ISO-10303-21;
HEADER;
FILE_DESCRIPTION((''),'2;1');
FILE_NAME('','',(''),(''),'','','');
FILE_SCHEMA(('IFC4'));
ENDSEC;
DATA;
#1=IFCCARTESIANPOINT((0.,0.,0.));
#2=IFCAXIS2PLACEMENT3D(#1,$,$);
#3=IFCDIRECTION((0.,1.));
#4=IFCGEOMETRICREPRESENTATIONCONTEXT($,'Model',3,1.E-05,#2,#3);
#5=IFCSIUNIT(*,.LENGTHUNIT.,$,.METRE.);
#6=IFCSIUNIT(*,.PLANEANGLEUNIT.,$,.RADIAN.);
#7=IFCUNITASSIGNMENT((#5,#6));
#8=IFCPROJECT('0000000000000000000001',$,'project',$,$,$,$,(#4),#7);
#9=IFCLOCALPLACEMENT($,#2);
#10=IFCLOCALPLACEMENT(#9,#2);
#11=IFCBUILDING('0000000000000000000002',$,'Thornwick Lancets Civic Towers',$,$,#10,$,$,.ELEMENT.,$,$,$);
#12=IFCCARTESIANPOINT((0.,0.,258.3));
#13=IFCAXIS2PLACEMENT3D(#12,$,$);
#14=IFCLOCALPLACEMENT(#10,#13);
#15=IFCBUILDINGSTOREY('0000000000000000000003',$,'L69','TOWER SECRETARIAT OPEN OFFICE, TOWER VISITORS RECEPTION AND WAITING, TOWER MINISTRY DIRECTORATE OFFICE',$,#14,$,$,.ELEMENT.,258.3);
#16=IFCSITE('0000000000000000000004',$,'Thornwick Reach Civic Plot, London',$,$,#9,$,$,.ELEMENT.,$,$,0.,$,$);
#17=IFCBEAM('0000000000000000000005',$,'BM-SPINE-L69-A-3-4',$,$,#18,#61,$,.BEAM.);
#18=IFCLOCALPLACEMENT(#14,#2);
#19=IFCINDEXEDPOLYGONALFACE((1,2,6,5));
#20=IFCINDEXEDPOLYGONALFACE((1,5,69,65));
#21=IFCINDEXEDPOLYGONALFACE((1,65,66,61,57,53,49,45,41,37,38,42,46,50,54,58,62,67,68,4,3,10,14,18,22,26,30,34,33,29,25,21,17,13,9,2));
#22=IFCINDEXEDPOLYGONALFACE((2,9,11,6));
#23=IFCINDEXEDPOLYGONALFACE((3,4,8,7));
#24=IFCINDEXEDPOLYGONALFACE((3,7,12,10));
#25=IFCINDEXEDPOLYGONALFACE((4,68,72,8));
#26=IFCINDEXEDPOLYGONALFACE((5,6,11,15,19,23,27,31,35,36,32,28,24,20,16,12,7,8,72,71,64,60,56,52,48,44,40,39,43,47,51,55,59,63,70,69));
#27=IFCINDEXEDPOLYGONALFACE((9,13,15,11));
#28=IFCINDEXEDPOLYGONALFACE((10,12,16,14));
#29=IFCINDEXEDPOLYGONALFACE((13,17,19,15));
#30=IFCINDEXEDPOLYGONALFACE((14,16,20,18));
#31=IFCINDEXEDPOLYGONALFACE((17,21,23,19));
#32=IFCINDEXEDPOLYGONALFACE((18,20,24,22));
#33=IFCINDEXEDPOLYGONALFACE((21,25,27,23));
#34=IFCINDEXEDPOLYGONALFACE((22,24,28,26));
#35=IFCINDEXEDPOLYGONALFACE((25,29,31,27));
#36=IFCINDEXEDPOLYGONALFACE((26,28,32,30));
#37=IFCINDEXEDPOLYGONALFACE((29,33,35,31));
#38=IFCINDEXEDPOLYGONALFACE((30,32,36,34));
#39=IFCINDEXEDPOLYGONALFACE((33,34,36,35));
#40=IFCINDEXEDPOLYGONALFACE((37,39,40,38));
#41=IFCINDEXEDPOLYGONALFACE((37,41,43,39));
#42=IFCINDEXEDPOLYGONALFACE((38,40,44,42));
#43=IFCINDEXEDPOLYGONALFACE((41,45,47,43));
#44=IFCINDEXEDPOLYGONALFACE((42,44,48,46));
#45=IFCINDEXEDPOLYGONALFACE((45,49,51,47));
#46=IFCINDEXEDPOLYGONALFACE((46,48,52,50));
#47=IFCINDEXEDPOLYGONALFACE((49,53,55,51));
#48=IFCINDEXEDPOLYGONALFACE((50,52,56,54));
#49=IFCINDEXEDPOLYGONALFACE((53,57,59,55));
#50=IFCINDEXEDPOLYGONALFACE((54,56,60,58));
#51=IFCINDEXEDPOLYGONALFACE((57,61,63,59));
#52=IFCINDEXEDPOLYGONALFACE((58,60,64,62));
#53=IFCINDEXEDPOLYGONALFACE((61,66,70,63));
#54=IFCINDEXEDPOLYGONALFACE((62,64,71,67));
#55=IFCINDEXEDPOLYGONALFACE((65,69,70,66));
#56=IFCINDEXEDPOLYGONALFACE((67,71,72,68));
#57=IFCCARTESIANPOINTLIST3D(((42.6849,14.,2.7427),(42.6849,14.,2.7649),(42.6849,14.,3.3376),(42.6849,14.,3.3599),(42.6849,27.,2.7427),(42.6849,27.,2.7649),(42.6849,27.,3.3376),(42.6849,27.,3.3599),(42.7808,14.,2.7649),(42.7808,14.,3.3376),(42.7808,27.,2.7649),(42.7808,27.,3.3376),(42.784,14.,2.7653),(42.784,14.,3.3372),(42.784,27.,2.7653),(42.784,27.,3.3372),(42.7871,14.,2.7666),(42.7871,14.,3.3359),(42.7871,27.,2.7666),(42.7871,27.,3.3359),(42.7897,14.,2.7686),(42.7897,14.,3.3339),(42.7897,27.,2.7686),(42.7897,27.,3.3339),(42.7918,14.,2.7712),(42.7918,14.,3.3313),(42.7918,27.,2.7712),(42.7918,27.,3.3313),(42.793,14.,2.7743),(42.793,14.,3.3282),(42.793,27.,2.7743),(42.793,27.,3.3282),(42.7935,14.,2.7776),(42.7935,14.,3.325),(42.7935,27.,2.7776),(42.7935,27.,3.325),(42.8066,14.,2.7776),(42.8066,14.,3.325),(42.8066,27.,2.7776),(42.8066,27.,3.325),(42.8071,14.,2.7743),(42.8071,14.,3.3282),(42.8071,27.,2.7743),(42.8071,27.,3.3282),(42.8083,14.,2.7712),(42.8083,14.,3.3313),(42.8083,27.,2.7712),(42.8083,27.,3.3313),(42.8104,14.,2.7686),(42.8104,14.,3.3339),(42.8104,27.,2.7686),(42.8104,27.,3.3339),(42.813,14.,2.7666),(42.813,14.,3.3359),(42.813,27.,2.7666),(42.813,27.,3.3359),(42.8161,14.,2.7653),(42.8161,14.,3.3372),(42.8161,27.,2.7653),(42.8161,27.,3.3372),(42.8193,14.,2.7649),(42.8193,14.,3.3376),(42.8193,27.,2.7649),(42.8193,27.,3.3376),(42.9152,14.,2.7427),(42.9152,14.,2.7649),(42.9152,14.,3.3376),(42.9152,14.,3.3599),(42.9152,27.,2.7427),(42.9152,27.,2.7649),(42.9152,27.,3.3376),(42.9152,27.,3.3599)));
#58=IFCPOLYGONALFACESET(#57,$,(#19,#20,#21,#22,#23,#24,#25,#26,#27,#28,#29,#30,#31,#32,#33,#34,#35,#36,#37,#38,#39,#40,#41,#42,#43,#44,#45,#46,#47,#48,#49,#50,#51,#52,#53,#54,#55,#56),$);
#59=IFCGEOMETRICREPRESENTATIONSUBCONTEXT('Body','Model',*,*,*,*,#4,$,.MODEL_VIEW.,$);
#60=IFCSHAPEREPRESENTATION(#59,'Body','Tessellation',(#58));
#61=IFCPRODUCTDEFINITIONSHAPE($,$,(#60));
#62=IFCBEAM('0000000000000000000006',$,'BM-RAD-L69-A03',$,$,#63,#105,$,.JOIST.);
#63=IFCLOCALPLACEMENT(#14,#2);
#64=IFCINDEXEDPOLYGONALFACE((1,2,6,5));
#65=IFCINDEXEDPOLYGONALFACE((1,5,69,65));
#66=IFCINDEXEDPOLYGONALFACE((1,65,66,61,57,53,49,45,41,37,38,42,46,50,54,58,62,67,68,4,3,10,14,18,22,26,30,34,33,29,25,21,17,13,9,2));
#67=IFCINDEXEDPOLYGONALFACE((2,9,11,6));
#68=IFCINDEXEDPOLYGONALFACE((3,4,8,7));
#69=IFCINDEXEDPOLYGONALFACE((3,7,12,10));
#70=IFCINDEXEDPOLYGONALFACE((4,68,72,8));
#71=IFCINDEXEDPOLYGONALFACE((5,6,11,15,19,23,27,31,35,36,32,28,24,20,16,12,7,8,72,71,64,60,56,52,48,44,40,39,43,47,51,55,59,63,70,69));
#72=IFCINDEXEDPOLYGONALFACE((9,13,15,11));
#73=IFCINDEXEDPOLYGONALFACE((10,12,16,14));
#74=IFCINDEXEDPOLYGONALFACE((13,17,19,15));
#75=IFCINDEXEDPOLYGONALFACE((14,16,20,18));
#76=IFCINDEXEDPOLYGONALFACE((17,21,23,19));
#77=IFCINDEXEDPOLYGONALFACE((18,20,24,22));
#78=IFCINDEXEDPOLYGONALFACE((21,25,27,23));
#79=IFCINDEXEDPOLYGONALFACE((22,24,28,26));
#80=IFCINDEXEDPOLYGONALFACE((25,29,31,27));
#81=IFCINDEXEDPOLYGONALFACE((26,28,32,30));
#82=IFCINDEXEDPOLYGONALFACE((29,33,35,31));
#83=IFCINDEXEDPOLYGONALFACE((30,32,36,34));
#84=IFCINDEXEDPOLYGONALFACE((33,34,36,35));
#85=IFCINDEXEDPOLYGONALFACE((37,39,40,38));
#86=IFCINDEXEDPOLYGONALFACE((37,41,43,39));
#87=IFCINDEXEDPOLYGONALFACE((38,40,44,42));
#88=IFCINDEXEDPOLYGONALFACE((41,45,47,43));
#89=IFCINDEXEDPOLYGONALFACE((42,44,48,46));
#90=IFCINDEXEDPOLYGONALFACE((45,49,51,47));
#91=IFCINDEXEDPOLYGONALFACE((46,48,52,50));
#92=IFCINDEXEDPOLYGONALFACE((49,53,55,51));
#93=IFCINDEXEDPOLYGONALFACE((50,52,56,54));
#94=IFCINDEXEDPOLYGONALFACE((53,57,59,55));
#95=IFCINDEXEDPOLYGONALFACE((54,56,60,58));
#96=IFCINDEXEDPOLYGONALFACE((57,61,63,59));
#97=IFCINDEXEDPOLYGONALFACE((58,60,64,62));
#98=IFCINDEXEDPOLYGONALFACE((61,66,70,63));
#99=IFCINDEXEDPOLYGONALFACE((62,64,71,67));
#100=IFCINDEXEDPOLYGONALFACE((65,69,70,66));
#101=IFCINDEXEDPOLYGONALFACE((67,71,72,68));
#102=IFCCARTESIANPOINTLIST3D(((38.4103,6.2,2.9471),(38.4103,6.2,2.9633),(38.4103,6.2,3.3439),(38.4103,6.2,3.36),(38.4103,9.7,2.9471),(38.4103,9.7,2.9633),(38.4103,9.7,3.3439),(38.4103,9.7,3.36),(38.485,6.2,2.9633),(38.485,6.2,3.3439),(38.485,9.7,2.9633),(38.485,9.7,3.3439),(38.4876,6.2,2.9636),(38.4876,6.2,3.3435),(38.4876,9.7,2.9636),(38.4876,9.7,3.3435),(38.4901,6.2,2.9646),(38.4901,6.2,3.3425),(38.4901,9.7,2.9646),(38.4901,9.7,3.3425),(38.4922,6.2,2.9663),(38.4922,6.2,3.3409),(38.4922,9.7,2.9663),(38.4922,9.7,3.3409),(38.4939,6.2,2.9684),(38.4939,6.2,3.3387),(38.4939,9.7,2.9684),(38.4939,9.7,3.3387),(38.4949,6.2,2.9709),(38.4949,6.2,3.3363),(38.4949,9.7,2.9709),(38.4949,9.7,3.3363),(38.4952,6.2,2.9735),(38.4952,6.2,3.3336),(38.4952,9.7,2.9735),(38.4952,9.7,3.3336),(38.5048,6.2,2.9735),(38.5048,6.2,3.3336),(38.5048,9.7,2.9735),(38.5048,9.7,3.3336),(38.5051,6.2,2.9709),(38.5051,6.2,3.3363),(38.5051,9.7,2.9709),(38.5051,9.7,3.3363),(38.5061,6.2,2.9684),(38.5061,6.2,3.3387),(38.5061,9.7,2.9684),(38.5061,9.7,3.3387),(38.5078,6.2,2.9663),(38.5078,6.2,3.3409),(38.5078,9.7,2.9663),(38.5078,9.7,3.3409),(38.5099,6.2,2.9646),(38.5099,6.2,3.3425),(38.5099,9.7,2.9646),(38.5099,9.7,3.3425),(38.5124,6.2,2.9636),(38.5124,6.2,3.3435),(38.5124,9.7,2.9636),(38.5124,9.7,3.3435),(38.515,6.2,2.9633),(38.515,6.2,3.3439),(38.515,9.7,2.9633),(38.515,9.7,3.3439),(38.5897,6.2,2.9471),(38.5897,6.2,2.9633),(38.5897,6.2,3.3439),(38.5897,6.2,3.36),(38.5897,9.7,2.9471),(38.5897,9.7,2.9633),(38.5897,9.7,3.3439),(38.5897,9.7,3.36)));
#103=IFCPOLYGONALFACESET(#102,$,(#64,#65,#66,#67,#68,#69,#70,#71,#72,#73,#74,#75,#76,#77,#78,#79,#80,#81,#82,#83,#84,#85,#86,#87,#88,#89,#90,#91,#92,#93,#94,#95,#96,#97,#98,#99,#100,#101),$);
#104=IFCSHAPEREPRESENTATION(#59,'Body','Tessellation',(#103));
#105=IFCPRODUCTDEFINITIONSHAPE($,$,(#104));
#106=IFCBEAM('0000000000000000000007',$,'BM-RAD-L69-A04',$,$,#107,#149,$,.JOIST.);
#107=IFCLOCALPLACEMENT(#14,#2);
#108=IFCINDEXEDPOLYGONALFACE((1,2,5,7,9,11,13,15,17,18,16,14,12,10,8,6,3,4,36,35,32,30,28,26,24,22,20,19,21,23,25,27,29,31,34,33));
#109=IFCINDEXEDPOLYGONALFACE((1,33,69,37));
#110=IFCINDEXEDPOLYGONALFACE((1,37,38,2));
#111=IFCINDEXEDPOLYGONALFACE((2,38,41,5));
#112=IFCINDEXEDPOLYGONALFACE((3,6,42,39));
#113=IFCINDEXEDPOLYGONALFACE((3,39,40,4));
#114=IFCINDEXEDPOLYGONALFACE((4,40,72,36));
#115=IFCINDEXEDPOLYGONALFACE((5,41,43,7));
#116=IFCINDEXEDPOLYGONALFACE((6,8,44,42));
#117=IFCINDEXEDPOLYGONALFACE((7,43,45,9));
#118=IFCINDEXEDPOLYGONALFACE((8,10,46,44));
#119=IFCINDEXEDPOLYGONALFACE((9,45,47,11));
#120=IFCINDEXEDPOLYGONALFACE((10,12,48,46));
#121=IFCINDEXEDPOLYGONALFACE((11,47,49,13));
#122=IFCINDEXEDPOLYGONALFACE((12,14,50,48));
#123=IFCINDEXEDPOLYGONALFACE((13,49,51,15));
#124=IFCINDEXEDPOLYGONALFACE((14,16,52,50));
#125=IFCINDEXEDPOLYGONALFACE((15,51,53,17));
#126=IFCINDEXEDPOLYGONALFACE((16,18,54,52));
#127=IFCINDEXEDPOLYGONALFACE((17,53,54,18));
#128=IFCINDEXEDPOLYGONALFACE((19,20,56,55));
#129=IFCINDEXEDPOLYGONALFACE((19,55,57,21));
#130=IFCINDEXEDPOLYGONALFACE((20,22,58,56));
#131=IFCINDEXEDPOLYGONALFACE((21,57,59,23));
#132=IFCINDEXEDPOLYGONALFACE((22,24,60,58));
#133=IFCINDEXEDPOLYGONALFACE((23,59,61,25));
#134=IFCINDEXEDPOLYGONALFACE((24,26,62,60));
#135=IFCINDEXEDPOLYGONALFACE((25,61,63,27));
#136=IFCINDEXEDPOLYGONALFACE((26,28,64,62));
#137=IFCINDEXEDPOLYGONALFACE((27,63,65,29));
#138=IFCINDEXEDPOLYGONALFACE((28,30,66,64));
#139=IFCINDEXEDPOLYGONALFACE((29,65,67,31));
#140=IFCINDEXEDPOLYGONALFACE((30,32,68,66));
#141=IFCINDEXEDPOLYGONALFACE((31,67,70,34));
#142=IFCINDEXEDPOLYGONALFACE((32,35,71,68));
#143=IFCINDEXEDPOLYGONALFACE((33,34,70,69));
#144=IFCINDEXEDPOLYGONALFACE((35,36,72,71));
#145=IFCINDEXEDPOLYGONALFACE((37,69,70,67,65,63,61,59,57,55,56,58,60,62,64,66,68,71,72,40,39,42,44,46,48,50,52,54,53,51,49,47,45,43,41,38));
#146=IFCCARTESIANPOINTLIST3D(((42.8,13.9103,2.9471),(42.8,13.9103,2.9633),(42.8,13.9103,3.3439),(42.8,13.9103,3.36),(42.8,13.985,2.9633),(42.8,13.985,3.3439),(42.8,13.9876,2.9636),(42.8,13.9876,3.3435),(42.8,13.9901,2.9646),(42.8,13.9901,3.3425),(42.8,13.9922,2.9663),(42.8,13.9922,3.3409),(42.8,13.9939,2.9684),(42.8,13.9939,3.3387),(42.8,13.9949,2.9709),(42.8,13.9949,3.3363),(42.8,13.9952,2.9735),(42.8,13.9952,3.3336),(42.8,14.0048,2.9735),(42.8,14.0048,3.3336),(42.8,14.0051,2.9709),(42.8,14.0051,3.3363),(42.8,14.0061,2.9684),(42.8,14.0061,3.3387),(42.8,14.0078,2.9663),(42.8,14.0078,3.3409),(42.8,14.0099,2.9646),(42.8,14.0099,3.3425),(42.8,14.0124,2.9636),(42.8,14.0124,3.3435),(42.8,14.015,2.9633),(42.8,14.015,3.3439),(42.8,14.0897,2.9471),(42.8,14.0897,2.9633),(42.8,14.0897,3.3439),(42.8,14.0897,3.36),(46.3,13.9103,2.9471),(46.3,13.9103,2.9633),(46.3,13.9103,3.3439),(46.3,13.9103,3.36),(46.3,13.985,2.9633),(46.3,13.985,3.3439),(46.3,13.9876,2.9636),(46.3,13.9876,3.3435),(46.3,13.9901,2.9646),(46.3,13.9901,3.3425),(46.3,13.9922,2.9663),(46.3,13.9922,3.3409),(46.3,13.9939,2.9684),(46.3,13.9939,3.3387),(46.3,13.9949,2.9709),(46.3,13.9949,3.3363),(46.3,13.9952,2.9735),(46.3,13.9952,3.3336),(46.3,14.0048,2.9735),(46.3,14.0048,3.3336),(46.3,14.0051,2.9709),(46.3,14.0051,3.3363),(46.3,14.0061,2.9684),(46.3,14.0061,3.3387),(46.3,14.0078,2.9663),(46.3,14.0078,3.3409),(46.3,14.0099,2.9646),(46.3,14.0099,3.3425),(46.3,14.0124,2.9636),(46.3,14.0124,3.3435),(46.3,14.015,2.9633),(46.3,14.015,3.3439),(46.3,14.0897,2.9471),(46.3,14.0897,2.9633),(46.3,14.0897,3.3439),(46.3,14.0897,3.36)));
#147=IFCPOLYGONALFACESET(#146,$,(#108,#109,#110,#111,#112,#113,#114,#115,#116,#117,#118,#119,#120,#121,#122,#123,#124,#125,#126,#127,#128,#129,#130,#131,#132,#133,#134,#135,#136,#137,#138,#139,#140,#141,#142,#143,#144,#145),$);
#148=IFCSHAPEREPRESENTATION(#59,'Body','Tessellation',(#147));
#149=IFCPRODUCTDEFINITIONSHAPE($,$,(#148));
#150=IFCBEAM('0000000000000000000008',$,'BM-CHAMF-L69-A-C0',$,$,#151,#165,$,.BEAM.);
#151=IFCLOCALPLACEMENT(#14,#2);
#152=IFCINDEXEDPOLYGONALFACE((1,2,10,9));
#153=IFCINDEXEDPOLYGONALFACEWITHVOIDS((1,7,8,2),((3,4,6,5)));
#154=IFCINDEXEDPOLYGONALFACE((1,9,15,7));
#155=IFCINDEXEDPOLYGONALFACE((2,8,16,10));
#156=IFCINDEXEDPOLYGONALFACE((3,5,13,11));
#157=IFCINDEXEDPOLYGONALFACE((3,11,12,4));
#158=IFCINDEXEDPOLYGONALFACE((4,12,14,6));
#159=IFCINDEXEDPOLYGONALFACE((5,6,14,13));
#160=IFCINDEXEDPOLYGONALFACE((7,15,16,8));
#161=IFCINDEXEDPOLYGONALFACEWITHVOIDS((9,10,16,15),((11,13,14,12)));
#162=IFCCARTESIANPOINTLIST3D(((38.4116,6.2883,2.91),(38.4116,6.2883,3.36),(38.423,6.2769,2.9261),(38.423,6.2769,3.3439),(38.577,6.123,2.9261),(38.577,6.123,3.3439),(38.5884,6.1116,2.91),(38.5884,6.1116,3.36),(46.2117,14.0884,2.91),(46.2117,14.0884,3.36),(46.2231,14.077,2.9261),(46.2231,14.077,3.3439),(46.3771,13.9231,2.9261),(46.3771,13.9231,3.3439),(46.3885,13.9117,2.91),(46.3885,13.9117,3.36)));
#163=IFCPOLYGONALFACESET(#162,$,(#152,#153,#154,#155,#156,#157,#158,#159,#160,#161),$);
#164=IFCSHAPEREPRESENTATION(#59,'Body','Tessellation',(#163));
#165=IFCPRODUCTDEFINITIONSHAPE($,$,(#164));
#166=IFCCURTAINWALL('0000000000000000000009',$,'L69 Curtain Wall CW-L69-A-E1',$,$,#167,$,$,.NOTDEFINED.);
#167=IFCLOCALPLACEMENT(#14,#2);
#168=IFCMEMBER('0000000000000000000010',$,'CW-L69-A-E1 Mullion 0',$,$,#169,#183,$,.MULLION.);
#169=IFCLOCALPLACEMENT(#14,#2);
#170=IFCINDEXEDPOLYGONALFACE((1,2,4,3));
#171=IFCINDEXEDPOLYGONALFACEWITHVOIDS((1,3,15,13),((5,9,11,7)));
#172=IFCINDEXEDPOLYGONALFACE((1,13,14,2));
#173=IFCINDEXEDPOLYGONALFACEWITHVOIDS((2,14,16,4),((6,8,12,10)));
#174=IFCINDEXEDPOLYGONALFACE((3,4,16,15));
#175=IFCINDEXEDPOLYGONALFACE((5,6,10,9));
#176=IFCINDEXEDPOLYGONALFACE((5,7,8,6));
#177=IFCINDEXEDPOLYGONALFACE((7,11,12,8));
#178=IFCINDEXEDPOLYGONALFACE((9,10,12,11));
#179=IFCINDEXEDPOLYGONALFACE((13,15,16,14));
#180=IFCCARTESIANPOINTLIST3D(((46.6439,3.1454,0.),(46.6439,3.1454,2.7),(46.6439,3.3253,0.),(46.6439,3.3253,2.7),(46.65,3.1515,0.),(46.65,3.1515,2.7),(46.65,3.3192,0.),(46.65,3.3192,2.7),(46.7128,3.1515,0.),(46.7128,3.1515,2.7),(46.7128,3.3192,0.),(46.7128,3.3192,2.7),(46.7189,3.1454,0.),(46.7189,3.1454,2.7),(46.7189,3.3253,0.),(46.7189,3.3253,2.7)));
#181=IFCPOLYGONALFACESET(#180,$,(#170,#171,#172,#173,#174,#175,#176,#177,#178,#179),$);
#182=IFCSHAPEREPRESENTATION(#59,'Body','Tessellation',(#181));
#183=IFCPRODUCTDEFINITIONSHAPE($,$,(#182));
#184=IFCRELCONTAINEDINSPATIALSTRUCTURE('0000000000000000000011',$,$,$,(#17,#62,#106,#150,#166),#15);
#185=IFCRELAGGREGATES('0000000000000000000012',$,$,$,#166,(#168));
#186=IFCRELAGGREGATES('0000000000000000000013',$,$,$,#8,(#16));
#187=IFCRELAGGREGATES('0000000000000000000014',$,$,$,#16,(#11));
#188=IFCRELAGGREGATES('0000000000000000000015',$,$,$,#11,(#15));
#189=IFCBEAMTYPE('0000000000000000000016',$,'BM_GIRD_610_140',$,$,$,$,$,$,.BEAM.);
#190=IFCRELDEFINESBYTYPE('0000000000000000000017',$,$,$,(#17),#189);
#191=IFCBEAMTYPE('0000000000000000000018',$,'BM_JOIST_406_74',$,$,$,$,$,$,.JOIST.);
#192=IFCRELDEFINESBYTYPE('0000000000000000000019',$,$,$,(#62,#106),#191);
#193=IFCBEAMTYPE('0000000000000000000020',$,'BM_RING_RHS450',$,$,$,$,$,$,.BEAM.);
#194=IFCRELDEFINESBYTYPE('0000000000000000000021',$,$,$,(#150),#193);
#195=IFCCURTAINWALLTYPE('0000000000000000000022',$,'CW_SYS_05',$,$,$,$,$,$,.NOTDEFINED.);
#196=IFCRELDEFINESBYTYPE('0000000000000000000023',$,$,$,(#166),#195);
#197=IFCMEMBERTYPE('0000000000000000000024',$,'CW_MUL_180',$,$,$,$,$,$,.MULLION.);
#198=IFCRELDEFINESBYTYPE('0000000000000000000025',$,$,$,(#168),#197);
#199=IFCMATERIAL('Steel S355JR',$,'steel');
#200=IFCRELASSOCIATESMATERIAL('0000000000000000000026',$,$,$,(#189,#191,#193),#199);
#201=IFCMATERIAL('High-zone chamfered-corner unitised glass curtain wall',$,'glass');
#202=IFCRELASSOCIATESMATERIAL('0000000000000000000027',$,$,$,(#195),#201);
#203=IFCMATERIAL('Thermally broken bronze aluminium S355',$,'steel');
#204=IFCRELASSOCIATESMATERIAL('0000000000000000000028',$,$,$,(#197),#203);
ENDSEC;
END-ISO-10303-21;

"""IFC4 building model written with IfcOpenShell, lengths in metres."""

from ifc_helpers import new_model, si_unit, direction, frame, origin, origin_2d, place, context, subcontext, project, spatial, hollow_rectangle, i_section, extrude, material, material_profile, profile_set, type_object, element, aggregate, save


model = new_model("IFC4")

# Units and contexts
model_context = context("Model", 3, precision=1e-05, world=origin(), true_north=direction((0.0, 1.0)))
body_context = subcontext(model_context, "Body", "Model", "MODEL_VIEW")
ifc_project = project(units=[si_unit("LENGTHUNIT", "METRE"), si_unit("PLANEANGLEUNIT", "RADIAN")], contexts=[model_context])

# Site, building, storey
site_placement = place(None, origin())
site = spatial("IfcSite", under=ifc_project, at=site_placement, Name="Thornwick Reach Civic Plot, London", CompositionType="ELEMENT", RefElevation=0.0)
building_placement = place(site_placement, origin())
building = spatial("IfcBuilding", under=site, at=building_placement, Name="Thornwick Lancets Civic Towers", CompositionType="ELEMENT")
storey_placement = place(building_placement, frame((0.0, 0.0, 258.3)))
storey = spatial("IfcBuildingStorey", under=building, at=storey_placement, Name="L69", Description="TOWER SECRETARIAT OPEN OFFICE, TOWER VISITORS RECEPTION AND WAITING, TOWER MINISTRY DIRECTORATE OFFICE", CompositionType="ELEMENT", Elevation=258.3)

# Shared definitions
ifc_material_1 = material(Name="Steel S355JR", Category="steel")

# Beams
ifc_material_profile_1 = material_profile(ifc_material_1, i_section(OverallWidth=0.2302, OverallDepth=0.6172, WebThickness=0.0132, FlangeThickness=0.0222, FilletRadius=0.0127, at=origin_2d()), Name="UKB 610x229x140")
ifc_profile_set_1 = profile_set([ifc_material_profile_1], Name="Steel S355JR")
beam_type_1 = type_object("IfcBeamType", Name="BM_GIRD_610_140", PredefinedType="BEAM", material=ifc_profile_set_1)
beam_1_placement = place(storey_placement, frame((42.8, 14.0, 3.0513), z_axis=(0.0, 1.0, 0.0), x_axis=(-1.0, 0.0, 0.0)))
element("IfcBeam", 1, at=beam_1_placement, inside=storey, type_object=beam_type_1, Name="BM-SPINE-L69-A-3-4", PredefinedType="BEAM", context=body_context, shape_type="SweptSolid", body=[
    extrude(i_section(OverallWidth=0.2302, OverallDepth=0.6172, WebThickness=0.0132, FlangeThickness=0.0222, FilletRadius=0.0127, at=origin_2d()), origin(), (0.0, 0.0, 1.0), 13.0),
])
ifc_material_profile_2 = material_profile(ifc_material_1, i_section(OverallWidth=0.1794, OverallDepth=0.4128, WebThickness=0.0095, FlangeThickness=0.0161, FilletRadius=0.0103, at=origin_2d()), Name="UKB 406x178x74")
ifc_profile_set_2 = profile_set([ifc_material_profile_2], Name="Steel S355JR")
beam_type_2 = type_object("IfcBeamType", Name="BM_JOIST_406_74", PredefinedType="JOIST", material=ifc_profile_set_2)
for number, where, z_axis, x_axis, name in (
    (2, (38.5, 9.7, 3.1536), (0.0, -1.0, 0.0), (1.0, 0.0, 0.0), "BM-RAD-L69-A03"),
    (3, (42.8, 14.0, 3.1536), (1.0, 0.0, 0.0), (0.0, 1.0, 0.0), "BM-RAD-L69-A04"),
):
    element("IfcBeam", number, at=place(storey_placement, frame(where, z_axis=z_axis, x_axis=x_axis)), inside=storey, type_object=beam_type_2, Name=name, PredefinedType="JOIST", context=body_context, shape_type="SweptSolid", body=[
        extrude(i_section(OverallWidth=0.1794, OverallDepth=0.4128, WebThickness=0.0095, FlangeThickness=0.0161, FilletRadius=0.0103, at=origin_2d()), origin(), (0.0, 0.0, 1.0), 3.5),
    ])
ifc_material_profile_3 = material_profile(ifc_material_1, hollow_rectangle(XDim=0.25, YDim=0.45, WallThickness=0.0161, at=origin_2d()), Name="RHS 450x250x16")
ifc_profile_set_3 = profile_set([ifc_material_profile_3], Name="Steel S355JR")
beam_type_3 = type_object("IfcBeamType", Name="BM_RING_RHS450", PredefinedType="BEAM", material=ifc_profile_set_3)
beam_2_placement = place(storey_placement, frame((38.5, 6.2, 3.135), z_axis=(0.707107, 0.707107, 0.0), x_axis=(-0.707107, 0.707107, 0.0)))
element("IfcBeam", 4, at=beam_2_placement, inside=storey, type_object=beam_type_3, Name="BM-CHAMF-L69-A-C0", PredefinedType="BEAM", context=body_context, shape_type="SweptSolid", body=[
    extrude(hollow_rectangle(XDim=0.25, YDim=0.45, WallThickness=0.0161, at=origin_2d()), origin(), (0.0, 0.0, 1.0), 11.031),
])

# Curtain wall, member
ifc_material_2 = material(Name="High-zone chamfered-corner unitised glass curtain wall", Category="glass")
curtain_wall_type = type_object("IfcCurtainWallType", Name="CW_SYS_05", PredefinedType="NOTDEFINED", material=ifc_material_2)
curtain_wall_placement = place(storey_placement, origin())
curtain_wall = element("IfcCurtainWall", 5, at=curtain_wall_placement, inside=storey, type_object=curtain_wall_type, Name="L69 Curtain Wall CW-L69-A-E1", PredefinedType="NOTDEFINED")
ifc_material_3 = material(Name="Thermally broken bronze aluminium S355", Category="steel")
ifc_material_profile_4 = material_profile(ifc_material_3, hollow_rectangle(XDim=0.075, YDim=0.1799, WallThickness=0.0061, at=origin_2d()), Name="RHS 180x75x6")
ifc_profile_set_4 = profile_set([ifc_material_profile_4], Name="Thermally broken bronze aluminium S355")
member_type_1 = type_object("IfcMemberType", Name="CW_MUL_180", PredefinedType="MULLION", material=ifc_profile_set_4)
member_1_placement = place(storey_placement, frame((46.6814, 3.2354, 0.0), z_axis=(0.0, 0.0, 1.0), x_axis=(1.0, 0.0, 0.0)))
member_1 = element("IfcMember", 6, at=member_1_placement, type_object=member_type_1, Name="CW-L69-A-E1 Mullion 0", PredefinedType="MULLION", context=body_context, shape_type="SweptSolid", body=[
    extrude(hollow_rectangle(XDim=0.075, YDim=0.1799, WallThickness=0.0061, at=origin_2d()), origin(), (0.0, 0.0, 1.0), 2.7),
])
aggregate(curtain_wall, [member_1])

save(model, "model.ifc")
